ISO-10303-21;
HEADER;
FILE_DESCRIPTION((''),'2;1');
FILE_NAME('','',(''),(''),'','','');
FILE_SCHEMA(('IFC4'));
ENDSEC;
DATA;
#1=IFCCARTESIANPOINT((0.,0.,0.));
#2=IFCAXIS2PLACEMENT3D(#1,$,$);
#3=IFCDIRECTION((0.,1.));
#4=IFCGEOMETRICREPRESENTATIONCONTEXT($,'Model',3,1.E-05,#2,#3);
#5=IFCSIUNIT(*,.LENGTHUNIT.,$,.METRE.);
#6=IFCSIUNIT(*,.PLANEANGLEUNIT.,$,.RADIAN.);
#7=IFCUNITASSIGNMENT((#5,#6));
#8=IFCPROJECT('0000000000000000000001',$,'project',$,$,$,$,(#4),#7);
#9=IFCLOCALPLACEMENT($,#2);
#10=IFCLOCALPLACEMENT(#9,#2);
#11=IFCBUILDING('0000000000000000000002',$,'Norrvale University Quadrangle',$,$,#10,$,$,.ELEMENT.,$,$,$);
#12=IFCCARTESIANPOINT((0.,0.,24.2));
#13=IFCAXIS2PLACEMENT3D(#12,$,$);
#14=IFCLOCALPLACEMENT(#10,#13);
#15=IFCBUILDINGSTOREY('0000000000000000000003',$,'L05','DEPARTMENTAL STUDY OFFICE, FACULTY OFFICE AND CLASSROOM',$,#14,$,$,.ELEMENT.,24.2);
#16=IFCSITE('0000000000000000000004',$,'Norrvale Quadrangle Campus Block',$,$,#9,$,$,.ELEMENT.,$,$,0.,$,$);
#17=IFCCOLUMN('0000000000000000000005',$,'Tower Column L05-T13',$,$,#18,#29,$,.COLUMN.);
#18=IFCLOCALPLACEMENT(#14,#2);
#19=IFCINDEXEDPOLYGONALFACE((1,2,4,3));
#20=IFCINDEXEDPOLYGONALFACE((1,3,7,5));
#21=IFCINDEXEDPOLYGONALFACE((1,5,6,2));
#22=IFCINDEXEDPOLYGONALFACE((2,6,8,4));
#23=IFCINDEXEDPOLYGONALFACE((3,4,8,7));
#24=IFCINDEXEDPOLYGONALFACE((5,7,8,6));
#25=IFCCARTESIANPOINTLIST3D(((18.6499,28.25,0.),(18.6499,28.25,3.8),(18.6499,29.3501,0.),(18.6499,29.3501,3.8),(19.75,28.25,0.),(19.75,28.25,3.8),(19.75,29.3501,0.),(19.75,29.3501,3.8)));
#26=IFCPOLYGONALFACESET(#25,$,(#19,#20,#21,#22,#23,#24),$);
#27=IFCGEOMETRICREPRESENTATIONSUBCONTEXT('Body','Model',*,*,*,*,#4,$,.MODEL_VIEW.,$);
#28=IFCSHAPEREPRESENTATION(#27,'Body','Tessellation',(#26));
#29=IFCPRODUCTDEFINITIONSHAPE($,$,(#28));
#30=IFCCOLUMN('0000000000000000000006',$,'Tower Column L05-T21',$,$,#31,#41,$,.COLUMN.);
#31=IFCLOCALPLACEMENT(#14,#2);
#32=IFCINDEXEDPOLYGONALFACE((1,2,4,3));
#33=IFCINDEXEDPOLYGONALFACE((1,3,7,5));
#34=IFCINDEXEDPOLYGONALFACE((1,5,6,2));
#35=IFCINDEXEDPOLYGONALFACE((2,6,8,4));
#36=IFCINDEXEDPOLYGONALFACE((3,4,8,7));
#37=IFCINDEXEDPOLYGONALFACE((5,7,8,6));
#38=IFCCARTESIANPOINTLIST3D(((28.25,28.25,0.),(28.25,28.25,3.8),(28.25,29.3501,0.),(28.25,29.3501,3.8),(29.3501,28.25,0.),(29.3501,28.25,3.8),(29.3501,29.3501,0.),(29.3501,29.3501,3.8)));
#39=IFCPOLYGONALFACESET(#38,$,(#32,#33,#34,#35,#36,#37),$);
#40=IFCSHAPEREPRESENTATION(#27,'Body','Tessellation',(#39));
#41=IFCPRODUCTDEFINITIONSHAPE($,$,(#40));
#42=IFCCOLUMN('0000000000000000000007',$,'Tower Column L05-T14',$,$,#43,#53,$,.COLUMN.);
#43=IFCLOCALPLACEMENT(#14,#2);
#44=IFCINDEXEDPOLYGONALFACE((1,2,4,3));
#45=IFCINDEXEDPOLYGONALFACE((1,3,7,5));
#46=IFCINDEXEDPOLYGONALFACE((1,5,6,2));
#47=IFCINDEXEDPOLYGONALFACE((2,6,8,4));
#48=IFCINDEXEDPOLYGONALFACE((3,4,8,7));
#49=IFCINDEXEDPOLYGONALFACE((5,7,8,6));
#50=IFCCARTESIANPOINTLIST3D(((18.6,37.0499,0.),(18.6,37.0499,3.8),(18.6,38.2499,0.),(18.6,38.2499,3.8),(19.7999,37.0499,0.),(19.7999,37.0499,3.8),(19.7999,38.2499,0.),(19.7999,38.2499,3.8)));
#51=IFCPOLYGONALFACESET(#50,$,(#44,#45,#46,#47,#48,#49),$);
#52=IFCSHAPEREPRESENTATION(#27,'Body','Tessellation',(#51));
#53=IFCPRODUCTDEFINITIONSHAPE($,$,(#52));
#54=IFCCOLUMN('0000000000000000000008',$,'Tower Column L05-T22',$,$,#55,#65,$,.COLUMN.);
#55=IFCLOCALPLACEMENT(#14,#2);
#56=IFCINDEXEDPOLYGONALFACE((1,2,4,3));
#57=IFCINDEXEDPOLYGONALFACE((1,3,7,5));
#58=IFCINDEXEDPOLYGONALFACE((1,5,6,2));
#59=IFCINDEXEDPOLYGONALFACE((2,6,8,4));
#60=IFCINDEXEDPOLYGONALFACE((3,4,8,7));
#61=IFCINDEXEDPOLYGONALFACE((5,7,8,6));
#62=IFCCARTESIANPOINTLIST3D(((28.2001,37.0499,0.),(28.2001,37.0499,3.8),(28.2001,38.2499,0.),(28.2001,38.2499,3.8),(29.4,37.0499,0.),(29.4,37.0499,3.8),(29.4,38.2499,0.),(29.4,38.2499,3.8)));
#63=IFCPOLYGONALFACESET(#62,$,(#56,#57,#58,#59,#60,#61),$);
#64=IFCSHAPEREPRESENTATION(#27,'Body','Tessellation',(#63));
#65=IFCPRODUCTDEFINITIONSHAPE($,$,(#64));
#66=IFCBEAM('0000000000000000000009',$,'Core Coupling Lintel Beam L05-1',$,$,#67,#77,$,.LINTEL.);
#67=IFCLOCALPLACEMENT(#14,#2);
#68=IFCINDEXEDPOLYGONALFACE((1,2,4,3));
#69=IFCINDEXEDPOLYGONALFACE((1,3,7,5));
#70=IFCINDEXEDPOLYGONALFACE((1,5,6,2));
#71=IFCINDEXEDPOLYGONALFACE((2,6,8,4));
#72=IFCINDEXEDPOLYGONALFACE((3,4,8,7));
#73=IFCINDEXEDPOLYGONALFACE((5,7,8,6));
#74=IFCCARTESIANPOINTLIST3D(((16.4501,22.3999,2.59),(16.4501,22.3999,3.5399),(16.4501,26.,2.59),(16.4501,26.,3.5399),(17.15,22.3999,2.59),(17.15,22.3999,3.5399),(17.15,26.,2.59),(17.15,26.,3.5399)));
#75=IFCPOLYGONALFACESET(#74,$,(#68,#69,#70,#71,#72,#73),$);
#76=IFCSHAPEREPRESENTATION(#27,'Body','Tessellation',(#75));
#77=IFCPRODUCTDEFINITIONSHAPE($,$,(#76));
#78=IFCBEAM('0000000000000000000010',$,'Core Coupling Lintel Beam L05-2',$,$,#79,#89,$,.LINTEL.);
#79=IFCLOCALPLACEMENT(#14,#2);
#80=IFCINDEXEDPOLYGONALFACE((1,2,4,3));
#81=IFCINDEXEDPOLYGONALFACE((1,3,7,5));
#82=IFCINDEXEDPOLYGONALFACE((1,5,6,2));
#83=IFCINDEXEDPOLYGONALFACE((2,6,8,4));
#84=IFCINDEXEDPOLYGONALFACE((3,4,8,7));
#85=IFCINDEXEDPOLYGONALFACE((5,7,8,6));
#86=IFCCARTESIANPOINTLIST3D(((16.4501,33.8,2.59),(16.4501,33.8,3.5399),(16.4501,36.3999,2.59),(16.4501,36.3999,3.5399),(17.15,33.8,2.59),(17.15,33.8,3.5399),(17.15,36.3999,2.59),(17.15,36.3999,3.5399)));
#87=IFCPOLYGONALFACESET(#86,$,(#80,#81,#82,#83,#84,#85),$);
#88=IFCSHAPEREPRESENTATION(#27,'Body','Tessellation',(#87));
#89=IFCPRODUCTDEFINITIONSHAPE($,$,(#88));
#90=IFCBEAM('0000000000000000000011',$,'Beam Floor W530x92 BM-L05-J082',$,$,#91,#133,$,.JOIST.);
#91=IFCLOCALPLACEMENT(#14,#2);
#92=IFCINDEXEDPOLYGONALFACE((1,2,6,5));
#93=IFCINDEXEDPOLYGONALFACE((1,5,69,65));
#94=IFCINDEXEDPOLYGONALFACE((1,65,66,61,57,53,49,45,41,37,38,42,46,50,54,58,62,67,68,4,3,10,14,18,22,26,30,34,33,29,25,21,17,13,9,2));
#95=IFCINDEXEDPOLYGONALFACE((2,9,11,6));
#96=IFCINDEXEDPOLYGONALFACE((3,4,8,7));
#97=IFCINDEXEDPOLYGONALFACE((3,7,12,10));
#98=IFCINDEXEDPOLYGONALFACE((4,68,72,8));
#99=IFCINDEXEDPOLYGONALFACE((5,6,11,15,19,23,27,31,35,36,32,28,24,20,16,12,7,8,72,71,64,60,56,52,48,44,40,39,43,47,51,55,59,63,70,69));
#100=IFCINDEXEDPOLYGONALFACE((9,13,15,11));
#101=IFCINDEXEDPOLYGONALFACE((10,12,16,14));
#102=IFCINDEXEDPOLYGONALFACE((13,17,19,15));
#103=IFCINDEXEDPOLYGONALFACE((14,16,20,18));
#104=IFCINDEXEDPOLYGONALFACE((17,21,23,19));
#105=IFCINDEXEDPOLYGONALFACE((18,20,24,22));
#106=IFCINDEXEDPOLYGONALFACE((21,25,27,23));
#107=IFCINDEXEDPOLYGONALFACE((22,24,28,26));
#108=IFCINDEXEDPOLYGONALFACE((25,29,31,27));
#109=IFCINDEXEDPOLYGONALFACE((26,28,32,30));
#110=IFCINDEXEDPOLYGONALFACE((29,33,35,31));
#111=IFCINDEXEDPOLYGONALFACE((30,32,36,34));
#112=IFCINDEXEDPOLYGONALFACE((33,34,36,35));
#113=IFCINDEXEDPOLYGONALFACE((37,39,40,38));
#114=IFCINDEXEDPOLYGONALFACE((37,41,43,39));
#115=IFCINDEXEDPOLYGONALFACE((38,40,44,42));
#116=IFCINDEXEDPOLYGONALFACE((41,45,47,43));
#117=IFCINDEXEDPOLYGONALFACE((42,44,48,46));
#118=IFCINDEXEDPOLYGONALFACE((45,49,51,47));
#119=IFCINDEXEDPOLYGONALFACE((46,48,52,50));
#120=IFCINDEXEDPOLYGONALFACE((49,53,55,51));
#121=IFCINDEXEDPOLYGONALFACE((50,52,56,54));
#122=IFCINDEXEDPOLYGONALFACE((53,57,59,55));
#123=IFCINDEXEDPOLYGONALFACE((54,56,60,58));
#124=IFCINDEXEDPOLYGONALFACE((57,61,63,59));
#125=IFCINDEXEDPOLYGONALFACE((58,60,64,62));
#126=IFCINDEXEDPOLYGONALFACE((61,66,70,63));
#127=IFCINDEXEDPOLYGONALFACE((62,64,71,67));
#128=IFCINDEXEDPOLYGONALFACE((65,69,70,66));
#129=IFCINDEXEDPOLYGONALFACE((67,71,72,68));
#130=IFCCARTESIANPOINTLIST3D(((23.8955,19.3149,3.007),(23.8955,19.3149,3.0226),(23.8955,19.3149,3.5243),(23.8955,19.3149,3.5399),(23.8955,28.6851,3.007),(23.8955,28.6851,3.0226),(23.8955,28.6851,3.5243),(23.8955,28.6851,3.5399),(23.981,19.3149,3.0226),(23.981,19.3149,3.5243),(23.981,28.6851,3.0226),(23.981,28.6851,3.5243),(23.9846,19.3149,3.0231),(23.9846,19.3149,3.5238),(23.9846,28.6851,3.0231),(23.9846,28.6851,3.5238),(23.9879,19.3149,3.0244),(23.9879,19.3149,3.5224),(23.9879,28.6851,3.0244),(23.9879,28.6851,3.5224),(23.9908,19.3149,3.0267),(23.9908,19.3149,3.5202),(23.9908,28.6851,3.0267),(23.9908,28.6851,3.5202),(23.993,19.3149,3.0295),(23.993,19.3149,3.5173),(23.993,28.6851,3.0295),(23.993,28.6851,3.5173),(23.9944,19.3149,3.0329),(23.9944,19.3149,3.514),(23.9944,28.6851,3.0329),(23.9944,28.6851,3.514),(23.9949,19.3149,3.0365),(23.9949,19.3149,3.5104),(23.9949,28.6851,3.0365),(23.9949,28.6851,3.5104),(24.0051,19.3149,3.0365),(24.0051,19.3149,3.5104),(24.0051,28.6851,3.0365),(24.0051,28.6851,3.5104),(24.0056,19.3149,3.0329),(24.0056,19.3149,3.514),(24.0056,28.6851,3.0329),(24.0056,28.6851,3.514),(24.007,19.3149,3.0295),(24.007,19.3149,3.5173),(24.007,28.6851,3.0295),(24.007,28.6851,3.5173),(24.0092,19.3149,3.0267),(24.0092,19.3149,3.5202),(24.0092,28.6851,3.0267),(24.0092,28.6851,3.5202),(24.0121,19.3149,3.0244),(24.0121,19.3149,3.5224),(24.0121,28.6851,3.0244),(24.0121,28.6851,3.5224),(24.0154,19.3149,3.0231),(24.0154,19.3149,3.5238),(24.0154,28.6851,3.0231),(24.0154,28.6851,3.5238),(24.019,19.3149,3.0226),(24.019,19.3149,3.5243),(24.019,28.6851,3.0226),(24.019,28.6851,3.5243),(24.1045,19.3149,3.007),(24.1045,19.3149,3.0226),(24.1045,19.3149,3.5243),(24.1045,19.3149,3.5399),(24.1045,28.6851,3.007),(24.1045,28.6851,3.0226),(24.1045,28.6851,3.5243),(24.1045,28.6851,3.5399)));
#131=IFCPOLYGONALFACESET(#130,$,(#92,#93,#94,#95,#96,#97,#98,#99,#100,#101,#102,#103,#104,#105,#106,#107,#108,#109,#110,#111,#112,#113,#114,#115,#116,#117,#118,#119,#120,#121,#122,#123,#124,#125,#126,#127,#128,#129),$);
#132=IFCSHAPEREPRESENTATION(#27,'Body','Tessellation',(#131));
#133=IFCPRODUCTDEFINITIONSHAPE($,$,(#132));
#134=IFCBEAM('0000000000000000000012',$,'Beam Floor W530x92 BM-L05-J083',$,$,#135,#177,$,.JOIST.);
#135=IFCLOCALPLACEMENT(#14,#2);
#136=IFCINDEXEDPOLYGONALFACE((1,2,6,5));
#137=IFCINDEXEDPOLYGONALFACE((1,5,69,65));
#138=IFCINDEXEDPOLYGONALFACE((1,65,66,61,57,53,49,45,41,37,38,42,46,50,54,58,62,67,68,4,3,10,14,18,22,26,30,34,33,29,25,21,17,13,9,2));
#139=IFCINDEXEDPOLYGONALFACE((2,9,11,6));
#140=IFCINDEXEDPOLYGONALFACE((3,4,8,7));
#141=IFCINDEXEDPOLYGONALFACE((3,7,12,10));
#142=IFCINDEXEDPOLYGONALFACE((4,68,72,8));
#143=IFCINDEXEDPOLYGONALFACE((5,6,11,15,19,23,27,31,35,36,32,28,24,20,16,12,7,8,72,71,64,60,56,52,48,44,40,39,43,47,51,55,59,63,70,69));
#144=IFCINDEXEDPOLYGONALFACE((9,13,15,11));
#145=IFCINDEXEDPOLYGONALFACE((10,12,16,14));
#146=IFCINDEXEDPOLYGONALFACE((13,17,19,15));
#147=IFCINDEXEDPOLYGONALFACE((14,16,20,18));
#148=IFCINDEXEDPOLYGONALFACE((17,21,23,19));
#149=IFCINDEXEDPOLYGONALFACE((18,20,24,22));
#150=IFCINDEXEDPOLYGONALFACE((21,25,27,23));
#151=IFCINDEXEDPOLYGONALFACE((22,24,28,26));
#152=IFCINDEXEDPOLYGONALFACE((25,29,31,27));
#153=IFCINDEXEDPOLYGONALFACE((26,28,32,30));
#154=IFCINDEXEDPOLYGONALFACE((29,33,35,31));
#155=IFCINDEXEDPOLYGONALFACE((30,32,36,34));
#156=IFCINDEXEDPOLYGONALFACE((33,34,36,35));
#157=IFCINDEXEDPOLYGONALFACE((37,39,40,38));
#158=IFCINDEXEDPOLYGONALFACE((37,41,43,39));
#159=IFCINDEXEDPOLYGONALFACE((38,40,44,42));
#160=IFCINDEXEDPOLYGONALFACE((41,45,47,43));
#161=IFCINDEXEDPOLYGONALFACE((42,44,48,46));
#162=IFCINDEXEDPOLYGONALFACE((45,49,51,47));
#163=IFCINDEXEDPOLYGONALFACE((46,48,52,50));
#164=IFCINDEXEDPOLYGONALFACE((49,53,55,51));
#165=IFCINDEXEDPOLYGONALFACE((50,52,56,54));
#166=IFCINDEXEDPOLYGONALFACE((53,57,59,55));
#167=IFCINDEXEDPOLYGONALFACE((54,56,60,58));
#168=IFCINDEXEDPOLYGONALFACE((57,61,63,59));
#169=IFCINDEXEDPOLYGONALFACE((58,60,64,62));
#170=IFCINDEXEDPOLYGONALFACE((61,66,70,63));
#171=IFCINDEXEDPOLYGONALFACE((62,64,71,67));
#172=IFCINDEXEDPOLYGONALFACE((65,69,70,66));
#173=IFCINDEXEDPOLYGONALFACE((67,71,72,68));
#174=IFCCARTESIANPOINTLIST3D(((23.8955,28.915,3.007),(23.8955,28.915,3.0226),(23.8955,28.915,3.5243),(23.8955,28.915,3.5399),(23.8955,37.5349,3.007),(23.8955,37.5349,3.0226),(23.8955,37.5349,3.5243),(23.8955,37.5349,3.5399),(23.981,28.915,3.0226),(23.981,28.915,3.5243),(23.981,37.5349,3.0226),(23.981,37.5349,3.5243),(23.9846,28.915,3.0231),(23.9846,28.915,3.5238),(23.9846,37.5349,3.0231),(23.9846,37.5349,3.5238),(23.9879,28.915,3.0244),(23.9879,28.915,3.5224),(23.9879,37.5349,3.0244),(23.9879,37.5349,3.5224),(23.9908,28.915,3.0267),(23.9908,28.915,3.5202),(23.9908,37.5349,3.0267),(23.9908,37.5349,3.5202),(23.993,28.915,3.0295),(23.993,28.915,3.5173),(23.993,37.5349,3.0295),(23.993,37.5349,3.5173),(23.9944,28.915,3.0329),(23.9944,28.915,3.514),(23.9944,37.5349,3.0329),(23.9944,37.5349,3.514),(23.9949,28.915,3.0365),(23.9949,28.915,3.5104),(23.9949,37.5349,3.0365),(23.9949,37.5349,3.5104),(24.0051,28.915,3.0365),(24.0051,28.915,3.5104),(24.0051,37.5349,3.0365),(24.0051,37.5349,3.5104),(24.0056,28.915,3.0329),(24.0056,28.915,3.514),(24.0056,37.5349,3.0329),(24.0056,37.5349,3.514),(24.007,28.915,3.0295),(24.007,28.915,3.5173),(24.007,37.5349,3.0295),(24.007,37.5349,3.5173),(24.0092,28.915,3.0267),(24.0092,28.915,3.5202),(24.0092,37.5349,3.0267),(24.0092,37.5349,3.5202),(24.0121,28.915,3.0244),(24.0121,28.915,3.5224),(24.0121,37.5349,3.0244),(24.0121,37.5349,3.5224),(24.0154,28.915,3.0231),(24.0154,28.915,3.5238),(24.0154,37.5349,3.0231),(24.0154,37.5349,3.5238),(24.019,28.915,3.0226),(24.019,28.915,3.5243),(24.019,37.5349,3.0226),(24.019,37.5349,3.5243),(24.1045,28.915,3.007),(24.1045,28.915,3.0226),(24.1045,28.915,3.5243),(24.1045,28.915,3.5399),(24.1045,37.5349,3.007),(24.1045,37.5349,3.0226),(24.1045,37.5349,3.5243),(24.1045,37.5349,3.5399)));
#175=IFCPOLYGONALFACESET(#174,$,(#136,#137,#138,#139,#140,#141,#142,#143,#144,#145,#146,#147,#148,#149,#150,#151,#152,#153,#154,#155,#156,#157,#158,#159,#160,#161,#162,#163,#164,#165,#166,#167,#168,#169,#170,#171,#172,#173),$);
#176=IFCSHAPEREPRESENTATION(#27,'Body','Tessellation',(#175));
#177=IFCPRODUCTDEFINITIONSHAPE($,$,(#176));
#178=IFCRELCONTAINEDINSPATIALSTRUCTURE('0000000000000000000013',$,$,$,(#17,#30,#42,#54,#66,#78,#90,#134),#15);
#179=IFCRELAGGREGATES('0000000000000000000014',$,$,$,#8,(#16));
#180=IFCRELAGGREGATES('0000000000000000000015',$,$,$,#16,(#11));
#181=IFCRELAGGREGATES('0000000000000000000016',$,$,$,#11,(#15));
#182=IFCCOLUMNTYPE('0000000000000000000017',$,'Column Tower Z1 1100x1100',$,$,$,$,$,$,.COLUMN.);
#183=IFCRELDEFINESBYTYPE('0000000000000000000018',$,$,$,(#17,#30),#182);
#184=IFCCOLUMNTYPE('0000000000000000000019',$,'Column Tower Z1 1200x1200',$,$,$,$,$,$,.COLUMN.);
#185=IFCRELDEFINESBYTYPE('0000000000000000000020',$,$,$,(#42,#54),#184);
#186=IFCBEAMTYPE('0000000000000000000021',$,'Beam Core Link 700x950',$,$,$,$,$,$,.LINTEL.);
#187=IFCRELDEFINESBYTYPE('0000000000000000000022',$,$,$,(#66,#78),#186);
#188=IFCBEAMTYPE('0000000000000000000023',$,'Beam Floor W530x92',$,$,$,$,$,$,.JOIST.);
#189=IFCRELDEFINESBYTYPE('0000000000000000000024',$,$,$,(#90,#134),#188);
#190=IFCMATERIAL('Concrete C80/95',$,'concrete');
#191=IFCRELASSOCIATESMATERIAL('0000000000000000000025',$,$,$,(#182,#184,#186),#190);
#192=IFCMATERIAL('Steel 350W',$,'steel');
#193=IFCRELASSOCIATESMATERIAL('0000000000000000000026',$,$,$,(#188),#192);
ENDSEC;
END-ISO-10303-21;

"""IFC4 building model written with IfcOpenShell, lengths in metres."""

from ifc_helpers import new_model, si_unit, direction, frame, origin, origin_2d, place, context, subcontext, project, spatial, rectangle, i_section, extrude, material, material_profile, profile_set, type_object, element, save


model = new_model("IFC4")

# Units and contexts
model_context = context("Model", 3, precision=1e-05, world=origin(), true_north=direction((0.0, 1.0)))
body_context = subcontext(model_context, "Body", "Model", "MODEL_VIEW")
ifc_project = project(units=[si_unit("LENGTHUNIT", "METRE"), si_unit("PLANEANGLEUNIT", "RADIAN")], contexts=[model_context])

# Site, building, storey
site_placement = place(None, origin())
site = spatial("IfcSite", under=ifc_project, at=site_placement, Name="Norrvale Quadrangle Campus Block", CompositionType="ELEMENT", RefElevation=0.0)
building_placement = place(site_placement, origin())
building = spatial("IfcBuilding", under=site, at=building_placement, Name="Norrvale University Quadrangle", CompositionType="ELEMENT")
storey_placement = place(building_placement, frame((0.0, 0.0, 24.2)))
storey = spatial("IfcBuildingStorey", under=building, at=storey_placement, Name="L05", Description="DEPARTMENTAL STUDY OFFICE, FACULTY OFFICE AND CLASSROOM", CompositionType="ELEMENT", Elevation=24.2)

# Columns
ifc_material_1 = material(Name="Concrete C80/95", Category="concrete")
ifc_material_profile_1 = material_profile(ifc_material_1, rectangle(XDim=1.1001, YDim=1.1001, at=origin_2d()), Name="Concrete C80/95")
ifc_profile_set_1 = profile_set([ifc_material_profile_1], Name="Concrete C80/95")
column_type_1 = type_object("IfcColumnType", Name="Column Tower Z1 1100x1100", PredefinedType="COLUMN", material=ifc_profile_set_1)
for number, where, z_axis, x_axis, name in (
    (1, (19.2, 28.8, 0.0), (0.0, 0.0, 1.0), (1.0, 0.0, 0.0), "Tower Column L05-T13"),
    (2, (28.8, 28.8, 0.0), (0.0, 0.0, 1.0), (1.0, 0.0, 0.0), "Tower Column L05-T21"),
):
    element("IfcColumn", number, at=place(storey_placement, frame(where, z_axis=z_axis, x_axis=x_axis)), inside=storey, type_object=column_type_1, Name=name, PredefinedType="COLUMN", context=body_context, shape_type="SweptSolid", body=[
        extrude(rectangle(XDim=1.1001, YDim=1.1001, at=origin_2d()), origin(), (0.0, 0.0, 1.0), 3.8),
    ])
ifc_material_profile_2 = material_profile(ifc_material_1, rectangle(XDim=1.2, YDim=1.2, at=origin_2d()), Name="Concrete C80/95")
ifc_profile_set_2 = profile_set([ifc_material_profile_2], Name="Concrete C80/95")
column_type_2 = type_object("IfcColumnType", Name="Column Tower Z1 1200x1200", PredefinedType="COLUMN", material=ifc_profile_set_2)
for number, where, z_axis, x_axis, name in (
    (3, (19.2, 37.6499, 0.0), (0.0, 0.0, 1.0), (1.0, 0.0, 0.0), "Tower Column L05-T14"),
    (4, (28.8, 37.6499, 0.0), (0.0, 0.0, 1.0), (1.0, 0.0, 0.0), "Tower Column L05-T22"),
):
    element("IfcColumn", number, at=place(storey_placement, frame(where, z_axis=z_axis, x_axis=x_axis)), inside=storey, type_object=column_type_2, Name=name, PredefinedType="COLUMN", context=body_context, shape_type="SweptSolid", body=[
        extrude(rectangle(XDim=1.2, YDim=1.2, at=origin_2d()), origin(), (0.0, 0.0, 1.0), 3.8),
    ])

# Beams
ifc_material_profile_3 = material_profile(ifc_material_1, rectangle(XDim=0.7, YDim=0.95, at=origin_2d()), Name="Concrete C80/95")
ifc_profile_set_3 = profile_set([ifc_material_profile_3], Name="Concrete C80/95")
beam_type_1 = type_object("IfcBeamType", Name="Beam Core Link 700x950", PredefinedType="LINTEL", material=ifc_profile_set_3)
beam_1_placement = place(storey_placement, frame((16.8, 22.3999, 3.0649), z_axis=(0.0, 1.0, 0.0), x_axis=(-1.0, 0.0, 0.0)))
element("IfcBeam", 5, at=beam_1_placement, inside=storey, type_object=beam_type_1, Name="Core Coupling Lintel Beam L05-1", PredefinedType="LINTEL", context=body_context, shape_type="SweptSolid", body=[
    extrude(rectangle(XDim=0.7, YDim=0.95, at=origin_2d()), origin(), (0.0, 0.0, 1.0), 3.6001),
])
beam_2_placement = place(storey_placement, frame((16.8, 33.8, 3.0649), z_axis=(0.0, 1.0, 0.0), x_axis=(-1.0, 0.0, 0.0)))
element("IfcBeam", 6, at=beam_2_placement, inside=storey, type_object=beam_type_1, Name="Core Coupling Lintel Beam L05-2", PredefinedType="LINTEL", context=body_context, shape_type="SweptSolid", body=[
    extrude(rectangle(XDim=0.7, YDim=0.95, at=origin_2d()), origin(), (0.0, 0.0, 1.0), 2.5999),
])
ifc_material_2 = material(Name="Steel 350W", Category="steel")
ifc_material_profile_4 = material_profile(ifc_material_2, i_section(OverallWidth=0.209, OverallDepth=0.533, WebThickness=0.0103, FlangeThickness=0.0156, FilletRadius=0.0139, at=origin_2d()), Name="Steel 350W")
ifc_profile_set_4 = profile_set([ifc_material_profile_4], Name="Steel 350W")
beam_type_2 = type_object("IfcBeamType", Name="Beam Floor W530x92", PredefinedType="JOIST", material=ifc_profile_set_4)
beam_3_placement = place(storey_placement, frame((24.0, 19.3149, 3.2734), z_axis=(0.0, 1.0, 0.0), x_axis=(-1.0, 0.0, 0.0)))
element("IfcBeam", 7, at=beam_3_placement, inside=storey, type_object=beam_type_2, Name="Beam Floor W530x92 BM-L05-J082", PredefinedType="JOIST", context=body_context, shape_type="SweptSolid", body=[
    extrude(i_section(OverallWidth=0.209, OverallDepth=0.533, WebThickness=0.0103, FlangeThickness=0.0156, FilletRadius=0.0139, at=origin_2d()), origin(), (0.0, 0.0, 1.0), 9.3701),
])
beam_4_placement = place(storey_placement, frame((24.0, 28.915, 3.2734), z_axis=(0.0, 1.0, 0.0), x_axis=(-1.0, 0.0, 0.0)))
element("IfcBeam", 8, at=beam_4_placement, inside=storey, type_object=beam_type_2, Name="Beam Floor W530x92 BM-L05-J083", PredefinedType="JOIST", context=body_context, shape_type="SweptSolid", body=[
    extrude(i_section(OverallWidth=0.209, OverallDepth=0.533, WebThickness=0.0103, FlangeThickness=0.0156, FilletRadius=0.0139, at=origin_2d()), origin(), (0.0, 0.0, 1.0), 8.6199),
])

save(model, "model.ifc")
